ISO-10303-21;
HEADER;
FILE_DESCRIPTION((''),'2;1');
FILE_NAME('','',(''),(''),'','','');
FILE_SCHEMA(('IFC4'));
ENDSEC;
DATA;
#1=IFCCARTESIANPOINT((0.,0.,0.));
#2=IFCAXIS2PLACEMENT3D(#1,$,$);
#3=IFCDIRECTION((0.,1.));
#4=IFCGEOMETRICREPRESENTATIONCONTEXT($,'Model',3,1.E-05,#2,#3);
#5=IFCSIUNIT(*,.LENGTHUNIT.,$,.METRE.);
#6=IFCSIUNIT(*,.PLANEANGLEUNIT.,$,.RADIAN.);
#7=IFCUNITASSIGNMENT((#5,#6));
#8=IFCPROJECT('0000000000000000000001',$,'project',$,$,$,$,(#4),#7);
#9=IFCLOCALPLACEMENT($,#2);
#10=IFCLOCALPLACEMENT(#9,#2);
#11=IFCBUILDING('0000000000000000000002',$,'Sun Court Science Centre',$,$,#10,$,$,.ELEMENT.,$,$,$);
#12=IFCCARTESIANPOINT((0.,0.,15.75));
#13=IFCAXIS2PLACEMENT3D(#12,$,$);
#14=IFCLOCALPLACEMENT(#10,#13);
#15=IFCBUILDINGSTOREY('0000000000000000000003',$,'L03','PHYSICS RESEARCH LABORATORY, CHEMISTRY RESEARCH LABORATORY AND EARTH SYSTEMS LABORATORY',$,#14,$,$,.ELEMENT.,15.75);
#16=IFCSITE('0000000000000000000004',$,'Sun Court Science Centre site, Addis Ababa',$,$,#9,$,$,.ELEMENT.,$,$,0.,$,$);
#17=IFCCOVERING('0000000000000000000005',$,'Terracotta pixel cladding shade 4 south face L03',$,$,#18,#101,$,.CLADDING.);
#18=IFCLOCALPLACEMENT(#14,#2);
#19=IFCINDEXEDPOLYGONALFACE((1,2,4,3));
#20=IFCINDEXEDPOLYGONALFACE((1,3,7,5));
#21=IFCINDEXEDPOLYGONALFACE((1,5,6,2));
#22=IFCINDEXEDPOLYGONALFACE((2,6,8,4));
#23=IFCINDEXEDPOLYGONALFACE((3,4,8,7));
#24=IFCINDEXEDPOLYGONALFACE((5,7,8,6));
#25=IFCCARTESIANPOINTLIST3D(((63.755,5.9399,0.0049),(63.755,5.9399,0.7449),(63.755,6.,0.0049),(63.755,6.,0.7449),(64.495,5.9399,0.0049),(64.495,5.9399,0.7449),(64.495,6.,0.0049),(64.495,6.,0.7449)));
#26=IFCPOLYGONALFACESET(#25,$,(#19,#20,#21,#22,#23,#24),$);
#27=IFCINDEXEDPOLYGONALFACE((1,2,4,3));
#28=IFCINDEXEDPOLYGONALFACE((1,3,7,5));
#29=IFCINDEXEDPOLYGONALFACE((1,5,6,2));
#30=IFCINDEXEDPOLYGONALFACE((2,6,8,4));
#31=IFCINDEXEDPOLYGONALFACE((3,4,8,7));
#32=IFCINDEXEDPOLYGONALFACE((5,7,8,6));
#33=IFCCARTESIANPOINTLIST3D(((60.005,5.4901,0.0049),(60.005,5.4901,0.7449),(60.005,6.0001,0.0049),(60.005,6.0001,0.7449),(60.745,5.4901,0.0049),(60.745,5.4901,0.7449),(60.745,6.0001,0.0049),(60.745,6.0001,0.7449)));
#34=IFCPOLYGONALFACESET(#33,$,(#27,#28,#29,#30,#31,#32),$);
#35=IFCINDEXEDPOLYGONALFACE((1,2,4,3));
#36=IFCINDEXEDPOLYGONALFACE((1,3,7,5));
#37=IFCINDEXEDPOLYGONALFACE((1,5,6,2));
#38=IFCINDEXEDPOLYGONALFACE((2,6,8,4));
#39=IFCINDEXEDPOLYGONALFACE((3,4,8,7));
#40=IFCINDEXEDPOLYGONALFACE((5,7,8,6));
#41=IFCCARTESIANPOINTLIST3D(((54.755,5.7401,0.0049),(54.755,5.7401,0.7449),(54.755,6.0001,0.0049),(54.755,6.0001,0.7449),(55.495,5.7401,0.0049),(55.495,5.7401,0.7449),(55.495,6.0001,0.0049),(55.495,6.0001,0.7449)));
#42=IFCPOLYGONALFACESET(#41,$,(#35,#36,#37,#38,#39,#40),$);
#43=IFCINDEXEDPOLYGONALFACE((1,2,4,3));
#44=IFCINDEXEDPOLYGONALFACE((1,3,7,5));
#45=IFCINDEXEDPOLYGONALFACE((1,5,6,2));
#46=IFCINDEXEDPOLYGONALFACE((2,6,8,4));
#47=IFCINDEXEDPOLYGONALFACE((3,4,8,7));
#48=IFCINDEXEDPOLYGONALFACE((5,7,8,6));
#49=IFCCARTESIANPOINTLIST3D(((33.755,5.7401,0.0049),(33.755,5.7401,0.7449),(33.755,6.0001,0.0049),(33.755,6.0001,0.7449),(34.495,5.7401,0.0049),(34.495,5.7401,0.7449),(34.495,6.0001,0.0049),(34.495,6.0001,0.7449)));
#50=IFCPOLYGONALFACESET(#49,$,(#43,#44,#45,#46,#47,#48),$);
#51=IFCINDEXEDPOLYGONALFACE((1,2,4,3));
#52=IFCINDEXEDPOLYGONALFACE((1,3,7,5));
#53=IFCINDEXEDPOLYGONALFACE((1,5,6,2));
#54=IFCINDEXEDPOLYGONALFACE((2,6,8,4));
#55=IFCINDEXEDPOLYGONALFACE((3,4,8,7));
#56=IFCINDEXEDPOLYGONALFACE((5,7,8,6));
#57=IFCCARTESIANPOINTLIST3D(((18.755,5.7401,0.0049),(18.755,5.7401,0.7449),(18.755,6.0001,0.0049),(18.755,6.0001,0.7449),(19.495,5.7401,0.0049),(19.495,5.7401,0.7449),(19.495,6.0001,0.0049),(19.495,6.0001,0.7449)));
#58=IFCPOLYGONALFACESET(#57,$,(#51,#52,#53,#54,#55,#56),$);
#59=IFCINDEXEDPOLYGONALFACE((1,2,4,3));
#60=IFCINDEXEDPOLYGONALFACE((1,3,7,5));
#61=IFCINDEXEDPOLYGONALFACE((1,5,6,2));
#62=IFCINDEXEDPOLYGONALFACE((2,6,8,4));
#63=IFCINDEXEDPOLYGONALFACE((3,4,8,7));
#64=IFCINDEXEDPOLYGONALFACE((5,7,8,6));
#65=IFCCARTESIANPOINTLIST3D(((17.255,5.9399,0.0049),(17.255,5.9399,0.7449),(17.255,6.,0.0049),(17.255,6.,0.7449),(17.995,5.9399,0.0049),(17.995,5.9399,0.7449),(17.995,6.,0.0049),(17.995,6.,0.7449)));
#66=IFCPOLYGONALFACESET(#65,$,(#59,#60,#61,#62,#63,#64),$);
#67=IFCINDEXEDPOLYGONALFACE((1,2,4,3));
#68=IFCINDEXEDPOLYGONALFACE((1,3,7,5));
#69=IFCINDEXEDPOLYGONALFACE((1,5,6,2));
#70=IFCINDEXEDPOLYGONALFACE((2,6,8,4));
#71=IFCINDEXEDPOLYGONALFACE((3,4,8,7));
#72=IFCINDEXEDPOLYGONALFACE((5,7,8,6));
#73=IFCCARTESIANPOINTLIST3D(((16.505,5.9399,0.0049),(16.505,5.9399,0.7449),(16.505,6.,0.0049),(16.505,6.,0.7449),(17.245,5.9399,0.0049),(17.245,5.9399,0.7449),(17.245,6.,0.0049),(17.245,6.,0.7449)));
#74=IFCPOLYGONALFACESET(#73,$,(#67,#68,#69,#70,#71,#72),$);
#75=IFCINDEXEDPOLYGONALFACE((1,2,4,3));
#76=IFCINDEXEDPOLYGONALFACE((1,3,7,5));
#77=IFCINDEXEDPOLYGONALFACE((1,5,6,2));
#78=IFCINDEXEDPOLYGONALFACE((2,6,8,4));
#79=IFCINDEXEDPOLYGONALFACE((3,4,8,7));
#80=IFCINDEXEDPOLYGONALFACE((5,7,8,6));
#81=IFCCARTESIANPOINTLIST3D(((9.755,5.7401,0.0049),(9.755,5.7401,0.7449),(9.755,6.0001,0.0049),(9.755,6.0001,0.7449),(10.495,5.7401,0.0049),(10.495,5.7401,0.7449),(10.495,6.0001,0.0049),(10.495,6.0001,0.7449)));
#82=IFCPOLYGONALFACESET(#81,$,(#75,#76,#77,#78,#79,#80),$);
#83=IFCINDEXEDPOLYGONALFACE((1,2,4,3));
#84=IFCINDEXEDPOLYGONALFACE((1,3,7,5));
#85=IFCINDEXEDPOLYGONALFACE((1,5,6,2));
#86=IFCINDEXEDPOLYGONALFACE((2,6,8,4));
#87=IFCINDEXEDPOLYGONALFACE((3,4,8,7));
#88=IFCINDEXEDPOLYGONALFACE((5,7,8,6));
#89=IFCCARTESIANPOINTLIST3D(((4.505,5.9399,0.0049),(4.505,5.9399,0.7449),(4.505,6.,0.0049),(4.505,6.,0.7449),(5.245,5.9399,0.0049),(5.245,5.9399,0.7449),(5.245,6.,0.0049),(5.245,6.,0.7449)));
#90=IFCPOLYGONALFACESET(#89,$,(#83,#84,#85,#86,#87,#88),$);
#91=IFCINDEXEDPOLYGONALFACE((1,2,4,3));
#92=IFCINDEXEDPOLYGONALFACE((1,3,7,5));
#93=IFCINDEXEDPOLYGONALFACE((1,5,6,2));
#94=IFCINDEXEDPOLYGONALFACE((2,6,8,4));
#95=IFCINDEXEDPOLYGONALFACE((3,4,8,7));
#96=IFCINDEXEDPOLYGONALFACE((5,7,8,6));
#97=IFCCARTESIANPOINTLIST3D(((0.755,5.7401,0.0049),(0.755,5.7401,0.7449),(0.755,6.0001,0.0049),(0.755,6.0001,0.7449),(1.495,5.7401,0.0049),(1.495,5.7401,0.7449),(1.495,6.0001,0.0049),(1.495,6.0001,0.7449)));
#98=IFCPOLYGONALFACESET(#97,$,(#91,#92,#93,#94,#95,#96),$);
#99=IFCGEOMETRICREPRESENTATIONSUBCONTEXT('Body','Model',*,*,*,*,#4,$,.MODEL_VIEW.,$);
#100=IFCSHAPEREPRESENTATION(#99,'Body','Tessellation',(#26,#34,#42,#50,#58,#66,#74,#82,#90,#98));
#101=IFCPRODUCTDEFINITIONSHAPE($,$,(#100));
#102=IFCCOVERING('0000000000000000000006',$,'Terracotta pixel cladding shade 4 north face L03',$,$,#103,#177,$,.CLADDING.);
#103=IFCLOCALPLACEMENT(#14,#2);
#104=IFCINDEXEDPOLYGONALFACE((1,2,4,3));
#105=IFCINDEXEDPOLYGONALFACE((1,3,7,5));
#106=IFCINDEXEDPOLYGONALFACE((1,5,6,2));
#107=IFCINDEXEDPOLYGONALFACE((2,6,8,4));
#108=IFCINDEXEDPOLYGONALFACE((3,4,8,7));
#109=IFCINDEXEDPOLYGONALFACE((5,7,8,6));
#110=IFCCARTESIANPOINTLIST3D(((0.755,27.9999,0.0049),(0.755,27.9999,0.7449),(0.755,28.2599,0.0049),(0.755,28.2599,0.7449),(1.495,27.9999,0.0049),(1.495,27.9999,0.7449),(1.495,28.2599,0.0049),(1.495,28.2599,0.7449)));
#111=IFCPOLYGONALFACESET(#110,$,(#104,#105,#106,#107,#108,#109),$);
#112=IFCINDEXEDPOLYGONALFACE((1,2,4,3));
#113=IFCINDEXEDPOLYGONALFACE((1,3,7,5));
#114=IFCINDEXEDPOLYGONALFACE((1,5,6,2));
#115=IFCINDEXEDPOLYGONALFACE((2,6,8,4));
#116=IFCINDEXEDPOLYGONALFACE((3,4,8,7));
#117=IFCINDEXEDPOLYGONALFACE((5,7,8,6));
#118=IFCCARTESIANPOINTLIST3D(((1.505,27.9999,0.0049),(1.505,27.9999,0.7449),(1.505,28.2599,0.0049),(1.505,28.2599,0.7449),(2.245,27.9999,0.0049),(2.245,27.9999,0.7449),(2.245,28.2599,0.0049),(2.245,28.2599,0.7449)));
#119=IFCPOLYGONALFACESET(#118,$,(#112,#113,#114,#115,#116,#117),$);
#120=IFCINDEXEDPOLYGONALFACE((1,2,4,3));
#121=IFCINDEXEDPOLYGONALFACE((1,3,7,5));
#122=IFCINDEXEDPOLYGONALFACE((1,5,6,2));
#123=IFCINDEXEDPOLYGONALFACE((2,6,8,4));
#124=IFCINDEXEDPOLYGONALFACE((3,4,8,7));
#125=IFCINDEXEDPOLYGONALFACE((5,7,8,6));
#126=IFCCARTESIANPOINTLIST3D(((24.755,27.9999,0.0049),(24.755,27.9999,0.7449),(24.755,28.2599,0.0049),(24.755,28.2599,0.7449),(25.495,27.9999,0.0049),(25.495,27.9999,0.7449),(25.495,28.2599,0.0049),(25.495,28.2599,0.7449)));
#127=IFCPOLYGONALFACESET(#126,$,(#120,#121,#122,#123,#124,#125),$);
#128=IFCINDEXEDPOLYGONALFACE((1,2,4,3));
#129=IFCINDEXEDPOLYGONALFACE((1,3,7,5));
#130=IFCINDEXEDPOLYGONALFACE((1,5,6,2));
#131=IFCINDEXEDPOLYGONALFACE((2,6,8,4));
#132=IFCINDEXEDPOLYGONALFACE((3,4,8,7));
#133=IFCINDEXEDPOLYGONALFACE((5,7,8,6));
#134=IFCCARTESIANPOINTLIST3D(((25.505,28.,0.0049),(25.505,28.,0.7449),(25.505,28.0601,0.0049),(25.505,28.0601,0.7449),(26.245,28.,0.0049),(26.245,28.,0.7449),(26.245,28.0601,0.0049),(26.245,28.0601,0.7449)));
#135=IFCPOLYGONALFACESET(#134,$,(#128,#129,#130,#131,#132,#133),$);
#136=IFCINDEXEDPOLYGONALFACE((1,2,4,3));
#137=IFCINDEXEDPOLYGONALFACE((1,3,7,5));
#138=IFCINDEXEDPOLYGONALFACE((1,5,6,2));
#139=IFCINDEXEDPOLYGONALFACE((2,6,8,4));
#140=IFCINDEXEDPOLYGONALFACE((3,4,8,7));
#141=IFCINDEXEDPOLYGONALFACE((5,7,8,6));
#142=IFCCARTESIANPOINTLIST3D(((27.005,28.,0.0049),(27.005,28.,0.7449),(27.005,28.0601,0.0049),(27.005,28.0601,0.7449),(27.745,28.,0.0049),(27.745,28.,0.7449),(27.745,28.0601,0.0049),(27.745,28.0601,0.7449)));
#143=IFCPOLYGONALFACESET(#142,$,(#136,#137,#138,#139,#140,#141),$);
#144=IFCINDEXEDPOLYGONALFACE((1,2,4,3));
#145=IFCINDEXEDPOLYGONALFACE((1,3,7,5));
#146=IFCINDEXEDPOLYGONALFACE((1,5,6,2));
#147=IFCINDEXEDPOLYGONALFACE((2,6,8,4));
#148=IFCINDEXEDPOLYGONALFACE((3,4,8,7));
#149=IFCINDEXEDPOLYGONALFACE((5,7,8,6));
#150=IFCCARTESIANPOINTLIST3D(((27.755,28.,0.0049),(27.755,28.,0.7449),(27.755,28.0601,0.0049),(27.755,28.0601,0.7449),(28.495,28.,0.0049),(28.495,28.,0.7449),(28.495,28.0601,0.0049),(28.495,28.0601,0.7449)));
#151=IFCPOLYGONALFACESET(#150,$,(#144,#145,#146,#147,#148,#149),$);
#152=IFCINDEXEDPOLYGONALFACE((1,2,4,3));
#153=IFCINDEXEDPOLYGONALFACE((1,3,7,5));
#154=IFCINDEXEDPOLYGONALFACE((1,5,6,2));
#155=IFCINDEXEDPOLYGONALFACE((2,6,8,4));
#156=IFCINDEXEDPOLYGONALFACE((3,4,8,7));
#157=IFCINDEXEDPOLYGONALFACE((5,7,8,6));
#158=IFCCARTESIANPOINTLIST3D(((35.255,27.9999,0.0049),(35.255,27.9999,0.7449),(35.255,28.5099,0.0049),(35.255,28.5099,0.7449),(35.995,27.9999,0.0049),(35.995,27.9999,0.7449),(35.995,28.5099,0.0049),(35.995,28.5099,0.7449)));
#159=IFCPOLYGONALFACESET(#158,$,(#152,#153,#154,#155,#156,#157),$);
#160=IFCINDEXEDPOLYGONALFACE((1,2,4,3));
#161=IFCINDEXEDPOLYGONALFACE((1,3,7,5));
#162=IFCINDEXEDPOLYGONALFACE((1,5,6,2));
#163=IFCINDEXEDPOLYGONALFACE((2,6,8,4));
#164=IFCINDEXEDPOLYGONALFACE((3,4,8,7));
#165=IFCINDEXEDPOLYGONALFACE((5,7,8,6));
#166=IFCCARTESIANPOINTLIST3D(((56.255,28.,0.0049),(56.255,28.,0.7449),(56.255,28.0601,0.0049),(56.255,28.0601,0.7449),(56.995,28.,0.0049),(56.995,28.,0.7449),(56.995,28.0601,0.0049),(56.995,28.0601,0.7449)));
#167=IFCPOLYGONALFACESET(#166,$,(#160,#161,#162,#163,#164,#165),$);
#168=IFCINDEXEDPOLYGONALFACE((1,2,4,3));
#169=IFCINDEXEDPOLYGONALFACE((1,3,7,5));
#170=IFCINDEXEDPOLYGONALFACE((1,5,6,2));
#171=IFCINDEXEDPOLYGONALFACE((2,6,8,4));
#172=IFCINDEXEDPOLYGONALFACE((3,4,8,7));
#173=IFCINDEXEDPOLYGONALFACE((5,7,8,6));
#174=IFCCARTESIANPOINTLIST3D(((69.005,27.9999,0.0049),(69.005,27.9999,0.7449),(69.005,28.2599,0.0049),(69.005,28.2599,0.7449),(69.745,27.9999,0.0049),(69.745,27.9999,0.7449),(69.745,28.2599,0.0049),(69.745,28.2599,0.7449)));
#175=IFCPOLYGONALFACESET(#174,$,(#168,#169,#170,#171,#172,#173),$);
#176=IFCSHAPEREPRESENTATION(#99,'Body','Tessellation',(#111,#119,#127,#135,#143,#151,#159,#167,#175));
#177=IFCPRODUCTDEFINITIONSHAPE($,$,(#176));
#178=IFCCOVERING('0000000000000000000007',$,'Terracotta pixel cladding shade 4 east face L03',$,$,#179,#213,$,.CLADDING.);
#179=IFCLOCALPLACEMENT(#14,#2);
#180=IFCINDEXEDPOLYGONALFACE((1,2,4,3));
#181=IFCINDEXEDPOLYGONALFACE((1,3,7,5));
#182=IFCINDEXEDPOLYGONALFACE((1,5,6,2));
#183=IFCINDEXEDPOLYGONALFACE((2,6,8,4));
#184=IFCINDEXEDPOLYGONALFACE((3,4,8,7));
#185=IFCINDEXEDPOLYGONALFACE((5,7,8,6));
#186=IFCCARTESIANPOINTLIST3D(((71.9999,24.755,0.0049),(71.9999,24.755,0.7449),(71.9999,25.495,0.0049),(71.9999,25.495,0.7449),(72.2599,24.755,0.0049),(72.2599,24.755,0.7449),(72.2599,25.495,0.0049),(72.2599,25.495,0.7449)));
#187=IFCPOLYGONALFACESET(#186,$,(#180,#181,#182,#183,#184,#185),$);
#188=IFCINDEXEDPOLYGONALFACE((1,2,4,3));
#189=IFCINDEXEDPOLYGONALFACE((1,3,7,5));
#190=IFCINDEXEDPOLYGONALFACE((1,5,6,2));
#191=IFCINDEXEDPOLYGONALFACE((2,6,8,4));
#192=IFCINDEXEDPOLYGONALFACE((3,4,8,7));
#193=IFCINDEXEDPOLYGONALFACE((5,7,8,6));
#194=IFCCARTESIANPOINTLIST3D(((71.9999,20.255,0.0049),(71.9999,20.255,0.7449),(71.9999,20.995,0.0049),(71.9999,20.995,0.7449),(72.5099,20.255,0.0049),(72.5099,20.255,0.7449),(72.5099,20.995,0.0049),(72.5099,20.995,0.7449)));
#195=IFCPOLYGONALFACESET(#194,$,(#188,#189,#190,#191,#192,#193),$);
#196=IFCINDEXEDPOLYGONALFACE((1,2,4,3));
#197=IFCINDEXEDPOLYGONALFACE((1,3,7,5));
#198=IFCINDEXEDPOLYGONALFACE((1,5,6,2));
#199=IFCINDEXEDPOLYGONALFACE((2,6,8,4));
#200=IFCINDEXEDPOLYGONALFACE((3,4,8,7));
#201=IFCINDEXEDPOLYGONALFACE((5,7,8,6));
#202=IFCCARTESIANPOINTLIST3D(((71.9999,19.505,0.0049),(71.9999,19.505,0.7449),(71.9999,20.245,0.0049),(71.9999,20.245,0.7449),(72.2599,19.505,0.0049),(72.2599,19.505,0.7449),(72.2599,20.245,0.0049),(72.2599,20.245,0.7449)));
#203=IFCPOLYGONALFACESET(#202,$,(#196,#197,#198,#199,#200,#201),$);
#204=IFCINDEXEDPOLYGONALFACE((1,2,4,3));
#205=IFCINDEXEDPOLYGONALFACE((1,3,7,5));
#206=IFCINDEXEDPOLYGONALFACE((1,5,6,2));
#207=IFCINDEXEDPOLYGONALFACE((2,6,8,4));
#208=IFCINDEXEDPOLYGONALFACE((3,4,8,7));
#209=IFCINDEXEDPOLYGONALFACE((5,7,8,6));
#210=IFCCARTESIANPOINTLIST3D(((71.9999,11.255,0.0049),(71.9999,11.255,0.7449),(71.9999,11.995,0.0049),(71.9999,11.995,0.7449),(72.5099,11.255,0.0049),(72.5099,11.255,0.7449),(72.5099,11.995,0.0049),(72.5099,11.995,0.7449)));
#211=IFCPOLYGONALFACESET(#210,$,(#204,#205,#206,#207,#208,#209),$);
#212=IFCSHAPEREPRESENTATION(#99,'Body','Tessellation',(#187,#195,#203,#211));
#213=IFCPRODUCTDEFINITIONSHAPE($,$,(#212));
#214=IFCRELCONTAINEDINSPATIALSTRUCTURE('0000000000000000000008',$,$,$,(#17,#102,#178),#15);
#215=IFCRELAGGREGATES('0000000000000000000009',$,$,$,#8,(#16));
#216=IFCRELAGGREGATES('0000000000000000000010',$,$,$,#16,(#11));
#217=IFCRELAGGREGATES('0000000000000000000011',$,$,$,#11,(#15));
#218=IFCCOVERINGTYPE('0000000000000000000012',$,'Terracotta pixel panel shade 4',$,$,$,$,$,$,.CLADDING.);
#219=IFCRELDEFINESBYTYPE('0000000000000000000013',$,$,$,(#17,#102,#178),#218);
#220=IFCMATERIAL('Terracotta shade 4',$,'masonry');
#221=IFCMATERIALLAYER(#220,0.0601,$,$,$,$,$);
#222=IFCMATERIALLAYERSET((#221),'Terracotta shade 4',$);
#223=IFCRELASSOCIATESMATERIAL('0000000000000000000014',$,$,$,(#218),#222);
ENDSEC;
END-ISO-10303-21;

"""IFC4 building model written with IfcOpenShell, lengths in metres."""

from ifc_helpers import new_model, si_unit, direction, frame, origin, origin_2d, place, context, subcontext, project, spatial, rectangle, extrude, material, layer, layer_set, type_object, element, save


model = new_model("IFC4")

# Units and contexts
model_context = context("Model", 3, precision=1e-05, world=origin(), true_north=direction((0.0, 1.0)))
body_context = subcontext(model_context, "Body", "Model", "MODEL_VIEW")
ifc_project = project(units=[si_unit("LENGTHUNIT", "METRE"), si_unit("PLANEANGLEUNIT", "RADIAN")], contexts=[model_context])

# Site, building, storey
site_placement = place(None, origin())
site = spatial("IfcSite", under=ifc_project, at=site_placement, Name="Sun Court Science Centre site, Addis Ababa", CompositionType="ELEMENT", RefElevation=0.0)
building_placement = place(site_placement, origin())
building = spatial("IfcBuilding", under=site, at=building_placement, Name="Sun Court Science Centre", CompositionType="ELEMENT")
storey_placement = place(building_placement, frame((0.0, 0.0, 15.75)))
storey = spatial("IfcBuildingStorey", under=building, at=storey_placement, Name="L03", Description="PHYSICS RESEARCH LABORATORY, CHEMISTRY RESEARCH LABORATORY AND EARTH SYSTEMS LABORATORY", CompositionType="ELEMENT", Elevation=15.75)

# Coverings
ifc_material_1 = material(Name="Terracotta shade 4", Category="masonry")
ifc_layer_1 = layer(ifc_material_1, 0.0601)
ifc_layer_set_1 = layer_set([ifc_layer_1], Name="Terracotta shade 4")
covering_type_1 = type_object("IfcCoveringType", Name="Terracotta pixel panel shade 4", PredefinedType="CLADDING", material=ifc_layer_set_1)
covering_1_placement = place(storey_placement, frame((0.0, 0.0, -15.75)))
element("IfcCovering", 1, at=covering_1_placement, inside=storey, type_object=covering_type_1, Name="Terracotta pixel cladding shade 4 south face L03", PredefinedType="CLADDING", context=body_context, shape_type="SweptSolid", body=[
    extrude(rectangle(XDim=0.74, YDim=0.0601, at=origin_2d()), frame((64.125, 5.97, 15.7549), z_axis=(0.0, 0.0, 1.0), x_axis=(-1.0, 0.0, 0.0)), (0.0, 0.0, 1.0), 0.74),
    extrude(rectangle(XDim=0.74, YDim=0.51, at=origin_2d()), frame((60.375, 5.7451, 15.7549), z_axis=(0.0, 0.0, 1.0), x_axis=(-1.0, 0.0, 0.0)), (0.0, 0.0, 1.0), 0.74),
    extrude(rectangle(XDim=0.74, YDim=0.26, at=origin_2d()), frame((55.125, 5.8701, 15.7549), z_axis=(0.0, 0.0, 1.0), x_axis=(-1.0, 0.0, 0.0)), (0.0, 0.0, 1.0), 0.74),
    extrude(rectangle(XDim=0.74, YDim=0.26, at=origin_2d()), frame((34.125, 5.8701, 15.7549), z_axis=(0.0, 0.0, 1.0), x_axis=(-1.0, 0.0, 0.0)), (0.0, 0.0, 1.0), 0.74),
    extrude(rectangle(XDim=0.74, YDim=0.26, at=origin_2d()), frame((19.125, 5.8701, 15.7549), z_axis=(0.0, 0.0, 1.0), x_axis=(-1.0, 0.0, 0.0)), (0.0, 0.0, 1.0), 0.74),
    extrude(rectangle(XDim=0.74, YDim=0.0601, at=origin_2d()), frame((17.625, 5.97, 15.7549), z_axis=(0.0, 0.0, 1.0), x_axis=(-1.0, 0.0, 0.0)), (0.0, 0.0, 1.0), 0.74),
    extrude(rectangle(XDim=0.74, YDim=0.0601, at=origin_2d()), frame((16.875, 5.97, 15.7549), z_axis=(0.0, 0.0, 1.0), x_axis=(-1.0, 0.0, 0.0)), (0.0, 0.0, 1.0), 0.74),
    extrude(rectangle(XDim=0.74, YDim=0.26, at=origin_2d()), frame((10.125, 5.8701, 15.7549), z_axis=(0.0, 0.0, 1.0), x_axis=(-1.0, 0.0, 0.0)), (0.0, 0.0, 1.0), 0.74),
    extrude(rectangle(XDim=0.74, YDim=0.0601, at=origin_2d()), frame((4.875, 5.97, 15.7549), z_axis=(0.0, 0.0, 1.0), x_axis=(-1.0, 0.0, 0.0)), (0.0, 0.0, 1.0), 0.74),
    extrude(rectangle(XDim=0.74, YDim=0.26, at=origin_2d()), frame((1.125, 5.8701, 15.7549), z_axis=(0.0, 0.0, 1.0), x_axis=(-1.0, 0.0, 0.0)), (0.0, 0.0, 1.0), 0.74),
])
covering_2_placement = place(storey_placement, frame((0.0, 0.0, -15.75)))
element("IfcCovering", 2, at=covering_2_placement, inside=storey, type_object=covering_type_1, Name="Terracotta pixel cladding shade 4 north face L03", PredefinedType="CLADDING", context=body_context, shape_type="SweptSolid", body=[
    extrude(rectangle(XDim=0.74, YDim=0.26, at=origin_2d()), frame((1.125, 28.1299, 15.7549), z_axis=(0.0, 0.0, 1.0), x_axis=(1.0, 0.0, 0.0)), (0.0, 0.0, 1.0), 0.74),
    extrude(rectangle(XDim=0.74, YDim=0.26, at=origin_2d()), frame((1.875, 28.1299, 15.7549), z_axis=(0.0, 0.0, 1.0), x_axis=(1.0, 0.0, 0.0)), (0.0, 0.0, 1.0), 0.74),
    extrude(rectangle(XDim=0.74, YDim=0.26, at=origin_2d()), frame((25.125, 28.1299, 15.7549), z_axis=(0.0, 0.0, 1.0), x_axis=(1.0, 0.0, 0.0)), (0.0, 0.0, 1.0), 0.74),
    extrude(rectangle(XDim=0.74, YDim=0.0601, at=origin_2d()), frame((25.875, 28.03, 15.7549), z_axis=(0.0, 0.0, 1.0), x_axis=(1.0, 0.0, 0.0)), (0.0, 0.0, 1.0), 0.74),
    extrude(rectangle(XDim=0.74, YDim=0.0601, at=origin_2d()), frame((27.375, 28.03, 15.7549), z_axis=(0.0, 0.0, 1.0), x_axis=(1.0, 0.0, 0.0)), (0.0, 0.0, 1.0), 0.74),
    extrude(rectangle(XDim=0.74, YDim=0.0601, at=origin_2d()), frame((28.125, 28.03, 15.7549), z_axis=(0.0, 0.0, 1.0), x_axis=(1.0, 0.0, 0.0)), (0.0, 0.0, 1.0), 0.74),
    extrude(rectangle(XDim=0.74, YDim=0.51, at=origin_2d()), frame((35.625, 28.2549, 15.7549), z_axis=(0.0, 0.0, 1.0), x_axis=(1.0, 0.0, 0.0)), (0.0, 0.0, 1.0), 0.74),
    extrude(rectangle(XDim=0.74, YDim=0.0601, at=origin_2d()), frame((56.625, 28.03, 15.7549), z_axis=(0.0, 0.0, 1.0), x_axis=(1.0, 0.0, 0.0)), (0.0, 0.0, 1.0), 0.74),
    extrude(rectangle(XDim=0.74, YDim=0.26, at=origin_2d()), frame((69.375, 28.1299, 15.7549), z_axis=(0.0, 0.0, 1.0), x_axis=(1.0, 0.0, 0.0)), (0.0, 0.0, 1.0), 0.74),
])
covering_3_placement = place(storey_placement, frame((0.0, 0.0, -15.75)))
element("IfcCovering", 3, at=covering_3_placement, inside=storey, type_object=covering_type_1, Name="Terracotta pixel cladding shade 4 east face L03", PredefinedType="CLADDING", context=body_context, shape_type="SweptSolid", body=[
    extrude(rectangle(XDim=0.74, YDim=0.26, at=origin_2d()), frame((72.1299, 25.125, 15.7549), z_axis=(0.0, 0.0, 1.0), x_axis=(0.0, -1.0, 0.0)), (0.0, 0.0, 1.0), 0.74),
    extrude(rectangle(XDim=0.74, YDim=0.51, at=origin_2d()), frame((72.2549, 20.625, 15.7549), z_axis=(0.0, 0.0, 1.0), x_axis=(0.0, -1.0, 0.0)), (0.0, 0.0, 1.0), 0.74),
    extrude(rectangle(XDim=0.74, YDim=0.26, at=origin_2d()), frame((72.1299, 19.875, 15.7549), z_axis=(0.0, 0.0, 1.0), x_axis=(0.0, -1.0, 0.0)), (0.0, 0.0, 1.0), 0.74),
    extrude(rectangle(XDim=0.74, YDim=0.51, at=origin_2d()), frame((72.2549, 11.625, 15.7549), z_axis=(0.0, 0.0, 1.0), x_axis=(0.0, -1.0, 0.0)), (0.0, 0.0, 1.0), 0.74),
])

save(model, "model.ifc")
